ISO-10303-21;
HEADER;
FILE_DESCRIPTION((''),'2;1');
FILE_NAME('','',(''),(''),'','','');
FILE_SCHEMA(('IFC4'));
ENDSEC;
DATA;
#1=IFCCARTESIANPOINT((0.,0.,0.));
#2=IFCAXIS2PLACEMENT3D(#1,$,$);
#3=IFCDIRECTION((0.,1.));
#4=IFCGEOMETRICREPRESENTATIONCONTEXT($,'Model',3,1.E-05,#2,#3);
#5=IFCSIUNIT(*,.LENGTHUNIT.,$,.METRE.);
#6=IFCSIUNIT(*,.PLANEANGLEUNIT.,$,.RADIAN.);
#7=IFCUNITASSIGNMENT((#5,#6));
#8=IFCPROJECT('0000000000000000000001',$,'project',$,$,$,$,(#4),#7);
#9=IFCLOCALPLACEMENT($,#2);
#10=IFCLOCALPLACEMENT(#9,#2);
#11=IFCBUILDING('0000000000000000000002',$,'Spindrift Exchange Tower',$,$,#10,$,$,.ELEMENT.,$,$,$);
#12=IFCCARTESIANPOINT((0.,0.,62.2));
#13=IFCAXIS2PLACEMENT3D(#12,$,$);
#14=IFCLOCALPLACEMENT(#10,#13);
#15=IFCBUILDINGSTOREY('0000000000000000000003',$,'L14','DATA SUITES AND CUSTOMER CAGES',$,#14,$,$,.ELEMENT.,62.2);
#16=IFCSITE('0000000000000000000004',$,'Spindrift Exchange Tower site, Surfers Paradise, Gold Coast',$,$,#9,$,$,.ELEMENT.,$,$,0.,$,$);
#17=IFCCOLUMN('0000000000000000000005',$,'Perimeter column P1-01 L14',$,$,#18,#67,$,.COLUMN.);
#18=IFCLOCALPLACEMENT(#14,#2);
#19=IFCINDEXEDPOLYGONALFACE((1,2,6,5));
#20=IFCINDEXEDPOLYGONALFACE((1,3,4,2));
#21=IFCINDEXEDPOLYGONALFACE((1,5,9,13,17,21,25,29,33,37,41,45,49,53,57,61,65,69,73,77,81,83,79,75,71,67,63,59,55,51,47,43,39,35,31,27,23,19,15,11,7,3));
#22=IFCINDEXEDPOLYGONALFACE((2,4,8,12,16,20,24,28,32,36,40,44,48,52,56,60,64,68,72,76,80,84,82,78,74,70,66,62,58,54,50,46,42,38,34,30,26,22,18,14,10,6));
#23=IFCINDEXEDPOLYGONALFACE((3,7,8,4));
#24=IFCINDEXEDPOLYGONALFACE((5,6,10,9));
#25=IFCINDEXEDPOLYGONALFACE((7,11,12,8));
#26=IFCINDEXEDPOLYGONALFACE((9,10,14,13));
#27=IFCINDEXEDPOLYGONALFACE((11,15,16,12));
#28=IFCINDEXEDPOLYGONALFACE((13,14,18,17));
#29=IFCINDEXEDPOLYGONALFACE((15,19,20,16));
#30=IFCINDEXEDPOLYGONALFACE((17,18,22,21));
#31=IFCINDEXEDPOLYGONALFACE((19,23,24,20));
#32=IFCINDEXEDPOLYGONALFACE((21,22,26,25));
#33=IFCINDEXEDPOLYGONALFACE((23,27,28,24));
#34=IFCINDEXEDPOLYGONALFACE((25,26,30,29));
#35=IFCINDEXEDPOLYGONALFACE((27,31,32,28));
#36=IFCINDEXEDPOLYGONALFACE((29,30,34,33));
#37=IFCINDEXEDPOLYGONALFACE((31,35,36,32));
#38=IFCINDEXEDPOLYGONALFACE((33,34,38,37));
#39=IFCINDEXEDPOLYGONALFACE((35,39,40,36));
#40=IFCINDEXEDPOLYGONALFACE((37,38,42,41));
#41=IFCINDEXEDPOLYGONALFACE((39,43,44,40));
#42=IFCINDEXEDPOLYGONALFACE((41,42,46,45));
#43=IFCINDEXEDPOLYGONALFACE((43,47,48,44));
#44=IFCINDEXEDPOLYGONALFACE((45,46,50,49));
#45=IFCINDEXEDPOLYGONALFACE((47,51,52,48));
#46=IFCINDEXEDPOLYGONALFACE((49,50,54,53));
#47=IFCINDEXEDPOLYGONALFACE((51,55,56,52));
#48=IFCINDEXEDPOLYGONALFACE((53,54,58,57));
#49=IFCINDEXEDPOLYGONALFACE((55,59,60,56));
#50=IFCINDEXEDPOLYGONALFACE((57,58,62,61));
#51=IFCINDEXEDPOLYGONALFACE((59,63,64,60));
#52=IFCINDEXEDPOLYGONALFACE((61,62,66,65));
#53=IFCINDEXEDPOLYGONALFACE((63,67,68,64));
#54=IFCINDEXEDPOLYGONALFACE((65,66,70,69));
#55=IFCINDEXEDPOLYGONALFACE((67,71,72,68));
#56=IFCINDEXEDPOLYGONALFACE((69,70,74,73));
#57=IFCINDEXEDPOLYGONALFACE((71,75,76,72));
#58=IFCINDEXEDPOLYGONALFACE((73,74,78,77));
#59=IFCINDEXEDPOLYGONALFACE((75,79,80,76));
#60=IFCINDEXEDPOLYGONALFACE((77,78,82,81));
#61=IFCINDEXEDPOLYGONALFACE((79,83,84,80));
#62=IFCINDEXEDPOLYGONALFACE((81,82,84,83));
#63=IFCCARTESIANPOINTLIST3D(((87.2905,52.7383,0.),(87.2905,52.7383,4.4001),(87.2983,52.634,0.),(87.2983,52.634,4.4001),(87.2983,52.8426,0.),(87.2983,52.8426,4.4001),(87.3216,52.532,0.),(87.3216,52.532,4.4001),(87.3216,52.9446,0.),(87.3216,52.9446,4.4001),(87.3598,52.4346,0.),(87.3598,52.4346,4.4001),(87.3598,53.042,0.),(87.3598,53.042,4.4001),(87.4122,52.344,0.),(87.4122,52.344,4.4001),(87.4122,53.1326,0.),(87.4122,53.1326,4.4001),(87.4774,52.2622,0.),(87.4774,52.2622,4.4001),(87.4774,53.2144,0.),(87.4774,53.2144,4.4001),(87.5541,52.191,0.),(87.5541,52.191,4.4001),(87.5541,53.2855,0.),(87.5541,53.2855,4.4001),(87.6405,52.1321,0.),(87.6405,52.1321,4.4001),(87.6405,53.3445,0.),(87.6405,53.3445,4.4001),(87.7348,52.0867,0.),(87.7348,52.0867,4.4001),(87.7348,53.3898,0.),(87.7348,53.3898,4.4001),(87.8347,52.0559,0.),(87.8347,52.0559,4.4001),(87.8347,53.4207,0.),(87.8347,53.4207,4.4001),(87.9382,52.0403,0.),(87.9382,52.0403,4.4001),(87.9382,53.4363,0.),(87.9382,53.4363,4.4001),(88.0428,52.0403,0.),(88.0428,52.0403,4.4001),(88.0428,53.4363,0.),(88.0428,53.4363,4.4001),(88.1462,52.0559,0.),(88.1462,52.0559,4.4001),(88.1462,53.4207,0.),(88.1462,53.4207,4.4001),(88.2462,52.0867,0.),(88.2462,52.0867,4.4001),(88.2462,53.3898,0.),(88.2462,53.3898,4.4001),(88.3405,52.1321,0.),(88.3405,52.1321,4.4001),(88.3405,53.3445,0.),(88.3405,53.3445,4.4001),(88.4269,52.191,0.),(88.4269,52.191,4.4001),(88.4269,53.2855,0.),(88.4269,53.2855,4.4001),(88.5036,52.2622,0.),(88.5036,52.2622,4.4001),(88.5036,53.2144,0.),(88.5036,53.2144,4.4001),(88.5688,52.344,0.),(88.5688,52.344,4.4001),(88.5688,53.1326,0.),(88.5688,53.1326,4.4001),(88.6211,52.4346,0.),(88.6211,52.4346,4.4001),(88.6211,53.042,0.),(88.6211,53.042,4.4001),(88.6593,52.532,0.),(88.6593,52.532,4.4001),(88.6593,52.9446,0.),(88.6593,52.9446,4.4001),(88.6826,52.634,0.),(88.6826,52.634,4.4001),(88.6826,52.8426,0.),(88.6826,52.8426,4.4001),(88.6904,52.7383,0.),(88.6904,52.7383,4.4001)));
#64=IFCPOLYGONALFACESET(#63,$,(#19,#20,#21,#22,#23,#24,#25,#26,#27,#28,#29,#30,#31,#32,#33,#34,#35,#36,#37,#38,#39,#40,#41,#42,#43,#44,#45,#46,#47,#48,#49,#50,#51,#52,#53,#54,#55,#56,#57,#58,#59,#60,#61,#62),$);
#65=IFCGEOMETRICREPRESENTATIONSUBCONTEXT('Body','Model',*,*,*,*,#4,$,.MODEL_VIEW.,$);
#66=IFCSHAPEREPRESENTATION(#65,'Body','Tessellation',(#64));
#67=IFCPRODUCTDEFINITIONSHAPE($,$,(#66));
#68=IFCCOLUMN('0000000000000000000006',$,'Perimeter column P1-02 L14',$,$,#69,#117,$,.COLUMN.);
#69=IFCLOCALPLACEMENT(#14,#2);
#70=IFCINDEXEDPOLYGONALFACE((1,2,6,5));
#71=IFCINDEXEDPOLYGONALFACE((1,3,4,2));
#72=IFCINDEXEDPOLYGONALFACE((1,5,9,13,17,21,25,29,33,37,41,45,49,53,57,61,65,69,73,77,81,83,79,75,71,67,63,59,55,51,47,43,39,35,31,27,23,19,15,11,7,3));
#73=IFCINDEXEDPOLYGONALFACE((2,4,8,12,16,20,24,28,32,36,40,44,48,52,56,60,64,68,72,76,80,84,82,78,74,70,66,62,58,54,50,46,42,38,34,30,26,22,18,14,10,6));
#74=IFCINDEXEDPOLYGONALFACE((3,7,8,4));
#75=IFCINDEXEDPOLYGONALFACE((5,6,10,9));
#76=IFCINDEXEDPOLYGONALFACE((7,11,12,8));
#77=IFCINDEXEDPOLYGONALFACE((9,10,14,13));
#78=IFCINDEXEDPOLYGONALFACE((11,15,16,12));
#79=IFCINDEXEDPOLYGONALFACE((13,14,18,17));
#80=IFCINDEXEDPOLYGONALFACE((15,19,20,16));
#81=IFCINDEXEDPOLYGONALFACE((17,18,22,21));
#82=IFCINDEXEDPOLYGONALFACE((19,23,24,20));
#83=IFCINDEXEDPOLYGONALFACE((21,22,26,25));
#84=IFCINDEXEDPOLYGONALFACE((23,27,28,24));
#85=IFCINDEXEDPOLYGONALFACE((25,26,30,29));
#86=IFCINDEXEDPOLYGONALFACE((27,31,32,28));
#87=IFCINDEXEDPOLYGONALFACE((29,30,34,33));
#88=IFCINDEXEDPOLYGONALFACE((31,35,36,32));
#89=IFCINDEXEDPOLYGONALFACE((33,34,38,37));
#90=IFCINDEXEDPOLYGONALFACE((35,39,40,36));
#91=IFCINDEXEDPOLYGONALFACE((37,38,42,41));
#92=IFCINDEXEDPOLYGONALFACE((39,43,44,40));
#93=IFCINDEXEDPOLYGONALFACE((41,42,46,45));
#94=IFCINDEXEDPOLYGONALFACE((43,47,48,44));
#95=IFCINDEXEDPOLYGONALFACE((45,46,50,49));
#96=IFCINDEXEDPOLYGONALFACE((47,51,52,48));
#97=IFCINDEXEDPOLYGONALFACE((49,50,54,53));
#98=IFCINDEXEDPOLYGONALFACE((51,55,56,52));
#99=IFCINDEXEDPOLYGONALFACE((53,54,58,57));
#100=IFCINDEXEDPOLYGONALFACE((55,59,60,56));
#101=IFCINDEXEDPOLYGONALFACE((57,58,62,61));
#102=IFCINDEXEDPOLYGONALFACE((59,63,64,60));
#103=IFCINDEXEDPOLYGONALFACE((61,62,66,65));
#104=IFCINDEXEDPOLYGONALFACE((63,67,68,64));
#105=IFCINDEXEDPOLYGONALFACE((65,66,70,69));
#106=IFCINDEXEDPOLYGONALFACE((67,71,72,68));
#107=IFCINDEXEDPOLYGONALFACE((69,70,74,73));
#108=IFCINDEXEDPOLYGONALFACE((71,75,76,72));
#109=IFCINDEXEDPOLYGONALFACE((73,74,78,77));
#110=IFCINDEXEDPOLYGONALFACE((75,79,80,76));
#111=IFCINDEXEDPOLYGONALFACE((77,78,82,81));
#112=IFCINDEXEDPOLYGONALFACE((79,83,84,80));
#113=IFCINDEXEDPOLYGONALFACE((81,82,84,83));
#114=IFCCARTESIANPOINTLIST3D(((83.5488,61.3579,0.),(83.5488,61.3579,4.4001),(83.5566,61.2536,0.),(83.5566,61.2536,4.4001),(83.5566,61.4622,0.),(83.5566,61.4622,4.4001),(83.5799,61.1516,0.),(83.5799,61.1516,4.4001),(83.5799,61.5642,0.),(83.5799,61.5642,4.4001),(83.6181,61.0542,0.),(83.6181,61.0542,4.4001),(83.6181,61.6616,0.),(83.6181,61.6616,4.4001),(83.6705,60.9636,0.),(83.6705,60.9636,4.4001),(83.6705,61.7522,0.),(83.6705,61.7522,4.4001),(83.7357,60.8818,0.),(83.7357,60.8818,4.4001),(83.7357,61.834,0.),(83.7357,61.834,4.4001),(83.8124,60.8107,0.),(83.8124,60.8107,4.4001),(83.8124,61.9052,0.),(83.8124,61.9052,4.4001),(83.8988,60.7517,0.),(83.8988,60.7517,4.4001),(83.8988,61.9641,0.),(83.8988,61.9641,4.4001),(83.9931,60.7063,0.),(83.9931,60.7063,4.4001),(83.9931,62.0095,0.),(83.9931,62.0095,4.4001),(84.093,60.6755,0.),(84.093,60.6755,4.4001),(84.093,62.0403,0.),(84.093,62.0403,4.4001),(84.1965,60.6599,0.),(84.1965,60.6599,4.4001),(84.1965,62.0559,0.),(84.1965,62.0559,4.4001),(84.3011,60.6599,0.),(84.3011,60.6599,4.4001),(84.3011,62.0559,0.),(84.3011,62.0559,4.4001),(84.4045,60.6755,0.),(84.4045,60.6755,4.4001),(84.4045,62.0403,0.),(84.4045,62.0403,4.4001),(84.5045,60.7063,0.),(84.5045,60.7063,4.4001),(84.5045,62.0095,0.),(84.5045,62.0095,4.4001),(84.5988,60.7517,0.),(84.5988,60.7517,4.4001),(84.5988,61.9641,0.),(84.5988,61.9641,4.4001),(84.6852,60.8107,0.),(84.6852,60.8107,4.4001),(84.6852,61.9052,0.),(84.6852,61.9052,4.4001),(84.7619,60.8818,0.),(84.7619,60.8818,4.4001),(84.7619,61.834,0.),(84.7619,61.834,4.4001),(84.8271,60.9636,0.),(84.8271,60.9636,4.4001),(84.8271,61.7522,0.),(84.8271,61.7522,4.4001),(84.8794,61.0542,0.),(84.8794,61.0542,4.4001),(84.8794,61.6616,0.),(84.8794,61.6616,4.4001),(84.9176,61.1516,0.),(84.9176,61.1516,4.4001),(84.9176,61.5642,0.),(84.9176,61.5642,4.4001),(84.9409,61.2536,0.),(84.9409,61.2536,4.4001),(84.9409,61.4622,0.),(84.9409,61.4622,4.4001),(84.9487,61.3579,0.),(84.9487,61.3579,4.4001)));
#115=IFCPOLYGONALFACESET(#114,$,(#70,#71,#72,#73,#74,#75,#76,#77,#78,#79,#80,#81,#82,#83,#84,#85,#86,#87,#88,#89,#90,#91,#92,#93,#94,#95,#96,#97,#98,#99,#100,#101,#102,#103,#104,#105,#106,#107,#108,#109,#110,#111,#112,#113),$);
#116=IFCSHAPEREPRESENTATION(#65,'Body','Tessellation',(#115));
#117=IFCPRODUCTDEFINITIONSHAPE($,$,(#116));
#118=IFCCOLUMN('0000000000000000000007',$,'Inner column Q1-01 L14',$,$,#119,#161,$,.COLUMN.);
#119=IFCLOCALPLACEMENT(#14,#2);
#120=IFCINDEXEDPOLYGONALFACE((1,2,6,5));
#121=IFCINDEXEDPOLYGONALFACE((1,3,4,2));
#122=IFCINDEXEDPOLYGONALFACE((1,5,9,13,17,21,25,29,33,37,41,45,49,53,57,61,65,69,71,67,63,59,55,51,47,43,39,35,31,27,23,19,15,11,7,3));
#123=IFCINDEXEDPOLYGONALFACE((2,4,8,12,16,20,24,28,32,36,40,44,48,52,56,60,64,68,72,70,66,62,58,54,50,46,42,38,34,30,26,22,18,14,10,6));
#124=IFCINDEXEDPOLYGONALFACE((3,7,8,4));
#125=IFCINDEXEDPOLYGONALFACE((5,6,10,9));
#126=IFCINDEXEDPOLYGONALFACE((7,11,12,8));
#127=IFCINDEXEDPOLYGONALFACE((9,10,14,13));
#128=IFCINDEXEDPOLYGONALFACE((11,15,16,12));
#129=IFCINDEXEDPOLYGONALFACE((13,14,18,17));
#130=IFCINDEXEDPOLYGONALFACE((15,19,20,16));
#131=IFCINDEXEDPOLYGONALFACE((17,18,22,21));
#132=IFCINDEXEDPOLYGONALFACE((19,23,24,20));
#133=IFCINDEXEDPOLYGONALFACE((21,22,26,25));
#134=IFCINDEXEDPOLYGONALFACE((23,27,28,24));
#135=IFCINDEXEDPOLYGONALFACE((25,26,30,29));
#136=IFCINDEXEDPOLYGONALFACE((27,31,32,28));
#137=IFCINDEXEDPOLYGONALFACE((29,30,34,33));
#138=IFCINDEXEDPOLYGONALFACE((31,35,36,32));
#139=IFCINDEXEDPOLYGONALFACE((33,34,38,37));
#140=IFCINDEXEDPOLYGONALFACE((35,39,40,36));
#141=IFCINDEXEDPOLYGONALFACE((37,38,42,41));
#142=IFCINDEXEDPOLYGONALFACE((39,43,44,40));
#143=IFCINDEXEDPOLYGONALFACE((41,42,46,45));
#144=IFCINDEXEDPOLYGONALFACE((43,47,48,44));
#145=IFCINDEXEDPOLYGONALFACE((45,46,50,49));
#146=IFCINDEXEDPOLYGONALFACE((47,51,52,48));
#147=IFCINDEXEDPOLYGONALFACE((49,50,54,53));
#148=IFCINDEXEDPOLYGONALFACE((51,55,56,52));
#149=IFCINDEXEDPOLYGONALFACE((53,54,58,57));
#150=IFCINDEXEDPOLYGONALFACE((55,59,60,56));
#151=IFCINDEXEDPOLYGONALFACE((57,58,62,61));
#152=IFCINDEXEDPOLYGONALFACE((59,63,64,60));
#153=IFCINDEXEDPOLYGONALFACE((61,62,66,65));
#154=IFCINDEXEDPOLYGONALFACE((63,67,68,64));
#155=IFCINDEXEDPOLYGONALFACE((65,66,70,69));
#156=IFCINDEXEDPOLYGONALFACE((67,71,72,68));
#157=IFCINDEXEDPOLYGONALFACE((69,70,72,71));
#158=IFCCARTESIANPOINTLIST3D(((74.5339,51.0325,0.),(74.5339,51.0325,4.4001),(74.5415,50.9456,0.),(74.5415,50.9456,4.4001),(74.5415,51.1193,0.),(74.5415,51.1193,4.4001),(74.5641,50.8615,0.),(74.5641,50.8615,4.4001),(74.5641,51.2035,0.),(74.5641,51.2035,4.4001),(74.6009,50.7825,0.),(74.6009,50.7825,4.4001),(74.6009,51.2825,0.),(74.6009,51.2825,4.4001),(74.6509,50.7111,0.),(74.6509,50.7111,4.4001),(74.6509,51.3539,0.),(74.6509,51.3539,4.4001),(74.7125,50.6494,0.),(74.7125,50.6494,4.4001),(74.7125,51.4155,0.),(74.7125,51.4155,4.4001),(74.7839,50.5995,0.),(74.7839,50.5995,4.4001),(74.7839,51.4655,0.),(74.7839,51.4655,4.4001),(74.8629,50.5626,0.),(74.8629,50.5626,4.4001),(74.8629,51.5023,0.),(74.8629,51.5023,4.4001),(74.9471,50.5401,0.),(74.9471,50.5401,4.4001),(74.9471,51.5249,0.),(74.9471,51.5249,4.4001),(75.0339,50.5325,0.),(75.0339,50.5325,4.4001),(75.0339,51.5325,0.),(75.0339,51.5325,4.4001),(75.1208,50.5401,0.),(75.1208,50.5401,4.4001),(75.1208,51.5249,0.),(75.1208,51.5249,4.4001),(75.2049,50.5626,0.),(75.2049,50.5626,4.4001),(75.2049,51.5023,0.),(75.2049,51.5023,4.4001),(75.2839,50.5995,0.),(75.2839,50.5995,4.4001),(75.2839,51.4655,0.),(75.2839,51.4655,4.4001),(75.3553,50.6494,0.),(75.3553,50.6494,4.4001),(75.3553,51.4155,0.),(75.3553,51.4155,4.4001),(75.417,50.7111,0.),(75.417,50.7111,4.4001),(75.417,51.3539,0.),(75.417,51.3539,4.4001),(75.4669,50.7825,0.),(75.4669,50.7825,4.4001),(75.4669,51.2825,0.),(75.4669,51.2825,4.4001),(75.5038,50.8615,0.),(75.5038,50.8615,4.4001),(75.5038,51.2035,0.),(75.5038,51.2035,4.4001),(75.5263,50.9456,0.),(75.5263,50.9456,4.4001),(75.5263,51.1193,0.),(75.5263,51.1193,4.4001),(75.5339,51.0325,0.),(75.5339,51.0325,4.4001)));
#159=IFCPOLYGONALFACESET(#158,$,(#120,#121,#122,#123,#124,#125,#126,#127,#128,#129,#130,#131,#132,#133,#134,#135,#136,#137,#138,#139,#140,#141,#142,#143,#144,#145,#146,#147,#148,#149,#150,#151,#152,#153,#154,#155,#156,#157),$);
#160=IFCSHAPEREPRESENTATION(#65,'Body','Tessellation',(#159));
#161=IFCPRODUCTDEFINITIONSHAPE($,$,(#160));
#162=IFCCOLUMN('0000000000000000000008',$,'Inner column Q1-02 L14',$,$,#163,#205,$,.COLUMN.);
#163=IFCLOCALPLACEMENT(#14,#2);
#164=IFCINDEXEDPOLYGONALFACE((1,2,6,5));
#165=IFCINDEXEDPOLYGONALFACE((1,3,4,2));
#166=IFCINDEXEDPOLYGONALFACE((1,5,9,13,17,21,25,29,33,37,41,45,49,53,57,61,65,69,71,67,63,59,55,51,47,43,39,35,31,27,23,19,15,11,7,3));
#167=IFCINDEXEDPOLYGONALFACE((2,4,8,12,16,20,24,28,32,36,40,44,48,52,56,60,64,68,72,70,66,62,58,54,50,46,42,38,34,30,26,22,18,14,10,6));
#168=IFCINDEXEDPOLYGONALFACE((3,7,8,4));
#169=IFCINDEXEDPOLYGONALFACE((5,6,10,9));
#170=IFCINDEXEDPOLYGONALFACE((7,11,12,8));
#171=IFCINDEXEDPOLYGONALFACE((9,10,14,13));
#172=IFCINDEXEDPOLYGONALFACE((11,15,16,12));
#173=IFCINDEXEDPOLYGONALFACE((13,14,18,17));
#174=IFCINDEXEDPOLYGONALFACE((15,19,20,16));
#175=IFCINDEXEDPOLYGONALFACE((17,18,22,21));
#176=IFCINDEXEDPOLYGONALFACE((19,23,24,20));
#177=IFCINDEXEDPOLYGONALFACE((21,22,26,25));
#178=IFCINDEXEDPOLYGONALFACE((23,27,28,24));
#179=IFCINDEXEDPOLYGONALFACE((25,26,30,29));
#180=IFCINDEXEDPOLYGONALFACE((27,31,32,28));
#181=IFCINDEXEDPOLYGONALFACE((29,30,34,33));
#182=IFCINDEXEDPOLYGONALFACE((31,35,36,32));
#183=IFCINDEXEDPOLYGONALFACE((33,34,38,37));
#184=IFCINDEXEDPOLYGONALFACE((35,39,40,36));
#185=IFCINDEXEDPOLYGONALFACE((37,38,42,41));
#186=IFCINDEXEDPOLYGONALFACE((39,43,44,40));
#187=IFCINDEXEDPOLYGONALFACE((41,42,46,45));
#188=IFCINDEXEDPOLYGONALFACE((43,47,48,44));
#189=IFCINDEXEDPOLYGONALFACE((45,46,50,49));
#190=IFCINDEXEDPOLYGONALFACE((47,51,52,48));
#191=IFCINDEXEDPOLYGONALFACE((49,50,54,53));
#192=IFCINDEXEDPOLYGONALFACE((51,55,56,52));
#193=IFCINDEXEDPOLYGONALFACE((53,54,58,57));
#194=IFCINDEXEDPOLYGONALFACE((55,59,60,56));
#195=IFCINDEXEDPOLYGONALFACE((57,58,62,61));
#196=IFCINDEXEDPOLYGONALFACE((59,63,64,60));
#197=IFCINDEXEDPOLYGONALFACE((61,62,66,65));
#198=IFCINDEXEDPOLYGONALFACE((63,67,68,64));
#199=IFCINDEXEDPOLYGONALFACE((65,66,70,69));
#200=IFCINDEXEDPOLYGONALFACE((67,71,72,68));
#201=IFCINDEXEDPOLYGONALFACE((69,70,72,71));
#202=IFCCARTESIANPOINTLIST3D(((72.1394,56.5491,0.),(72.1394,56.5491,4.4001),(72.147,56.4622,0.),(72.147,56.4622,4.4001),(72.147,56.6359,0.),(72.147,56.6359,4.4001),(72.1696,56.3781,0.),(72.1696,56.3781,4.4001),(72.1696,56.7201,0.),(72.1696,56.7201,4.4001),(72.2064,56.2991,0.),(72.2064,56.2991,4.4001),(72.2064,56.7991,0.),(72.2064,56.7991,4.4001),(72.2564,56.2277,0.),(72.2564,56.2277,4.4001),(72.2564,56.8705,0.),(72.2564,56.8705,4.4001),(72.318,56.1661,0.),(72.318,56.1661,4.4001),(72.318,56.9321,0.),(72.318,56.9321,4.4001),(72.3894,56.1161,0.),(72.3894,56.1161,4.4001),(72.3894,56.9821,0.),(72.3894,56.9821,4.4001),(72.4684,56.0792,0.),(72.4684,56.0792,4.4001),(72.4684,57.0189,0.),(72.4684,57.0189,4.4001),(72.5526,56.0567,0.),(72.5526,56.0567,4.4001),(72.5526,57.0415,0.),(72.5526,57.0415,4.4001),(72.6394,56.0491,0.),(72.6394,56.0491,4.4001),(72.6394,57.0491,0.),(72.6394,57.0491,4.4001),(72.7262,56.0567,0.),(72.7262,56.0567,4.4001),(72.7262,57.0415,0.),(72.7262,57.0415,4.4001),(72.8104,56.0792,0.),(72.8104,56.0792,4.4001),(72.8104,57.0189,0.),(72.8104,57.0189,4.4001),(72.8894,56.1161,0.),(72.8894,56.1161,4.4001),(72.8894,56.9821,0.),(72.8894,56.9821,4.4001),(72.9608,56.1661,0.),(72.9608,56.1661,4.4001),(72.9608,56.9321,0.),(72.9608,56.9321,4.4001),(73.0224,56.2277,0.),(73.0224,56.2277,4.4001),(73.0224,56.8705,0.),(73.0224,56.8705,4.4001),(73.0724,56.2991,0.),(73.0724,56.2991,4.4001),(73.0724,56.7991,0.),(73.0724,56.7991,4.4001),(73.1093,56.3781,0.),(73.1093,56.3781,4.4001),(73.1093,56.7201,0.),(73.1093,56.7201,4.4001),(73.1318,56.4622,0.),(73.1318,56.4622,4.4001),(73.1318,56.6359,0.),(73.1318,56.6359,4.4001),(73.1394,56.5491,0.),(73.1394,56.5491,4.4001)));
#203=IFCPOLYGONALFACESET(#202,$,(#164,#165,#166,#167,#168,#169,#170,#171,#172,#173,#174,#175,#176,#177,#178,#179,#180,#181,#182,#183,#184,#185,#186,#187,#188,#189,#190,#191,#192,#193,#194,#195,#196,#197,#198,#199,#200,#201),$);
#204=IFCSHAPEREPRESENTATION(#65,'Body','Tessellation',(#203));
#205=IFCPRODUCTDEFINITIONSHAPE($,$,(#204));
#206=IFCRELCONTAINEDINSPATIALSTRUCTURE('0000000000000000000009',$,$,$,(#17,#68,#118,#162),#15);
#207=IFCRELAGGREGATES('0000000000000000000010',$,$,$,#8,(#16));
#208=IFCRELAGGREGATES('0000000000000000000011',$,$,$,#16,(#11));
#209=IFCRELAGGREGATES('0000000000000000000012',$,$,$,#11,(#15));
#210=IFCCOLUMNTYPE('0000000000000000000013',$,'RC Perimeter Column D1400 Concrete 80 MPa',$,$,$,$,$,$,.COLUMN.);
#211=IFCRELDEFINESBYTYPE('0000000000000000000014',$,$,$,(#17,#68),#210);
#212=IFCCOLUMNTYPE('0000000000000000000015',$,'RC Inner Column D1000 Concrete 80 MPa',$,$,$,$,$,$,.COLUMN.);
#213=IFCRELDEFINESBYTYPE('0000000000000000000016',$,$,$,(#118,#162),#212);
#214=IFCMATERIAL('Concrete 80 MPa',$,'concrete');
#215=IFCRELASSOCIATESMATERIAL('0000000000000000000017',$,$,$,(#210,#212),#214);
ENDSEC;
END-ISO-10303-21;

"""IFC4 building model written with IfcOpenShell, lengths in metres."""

from ifc_helpers import new_model, si_unit, direction, frame, origin, origin_2d, place, context, subcontext, project, spatial, circle, extrude, source, transform, mapped, material, material_profile, profile_set, type_object, element, save


model = new_model("IFC4")

# Units and contexts
model_context = context("Model", 3, precision=1e-05, world=origin(), true_north=direction((0.0, 1.0)))
body_context = subcontext(model_context, "Body", "Model", "MODEL_VIEW")
ifc_project = project(units=[si_unit("LENGTHUNIT", "METRE"), si_unit("PLANEANGLEUNIT", "RADIAN")], contexts=[model_context])

# Site, building, storey
site_placement = place(None, origin())
site = spatial("IfcSite", under=ifc_project, at=site_placement, Name="Spindrift Exchange Tower site, Surfers Paradise, Gold Coast", CompositionType="ELEMENT", RefElevation=0.0)
building_placement = place(site_placement, origin())
building = spatial("IfcBuilding", under=site, at=building_placement, Name="Spindrift Exchange Tower", CompositionType="ELEMENT")
storey_placement = place(building_placement, frame((0.0, 0.0, 62.2)))
storey = spatial("IfcBuildingStorey", under=building, at=storey_placement, Name="L14", Description="DATA SUITES AND CUSTOMER CAGES", CompositionType="ELEMENT", Elevation=62.2)

# Columns
ifc_material_1 = material(Name="Concrete 80 MPa", Category="concrete")
ifc_material_profile_1 = material_profile(ifc_material_1, circle(Radius=0.7, at=origin_2d()), Name="RC D1400")
ifc_profile_set_1 = profile_set([ifc_material_profile_1], Name="Concrete 80 MPa")
column_type_1 = type_object("IfcColumnType", Name="RC Perimeter Column D1400 Concrete 80 MPa", PredefinedType="COLUMN", material=ifc_profile_set_1)
shared_shape_1 = source(origin(), body_context, "Body", "SweptSolid", [
    extrude(circle(Radius=0.7, at=origin_2d()), origin(), (0.0, 0.0, 1.0), 4.4001),
])
for number, where, z_axis, x_axis, name in (
    (1, (87.9905, 52.7383, 0.0), (0.0, 0.0, 1.0), (1.0, 0.0, 0.0), "Perimeter column P1-01 L14"),
    (2, (84.2488, 61.3579, 0.0), (0.0, 0.0, 1.0), (1.0, 0.0, 0.0), "Perimeter column P1-02 L14"),
):
    element("IfcColumn", number, at=place(storey_placement, frame(where, z_axis=z_axis, x_axis=x_axis)), inside=storey, type_object=column_type_1, Name=name, PredefinedType="COLUMN", context=body_context, shape_type="MappedRepresentation", body=[
        mapped(shared_shape_1, transform((0.0, 0.0, 0.0), scale=1.0)),
    ])
ifc_material_profile_2 = material_profile(ifc_material_1, circle(Radius=0.5, at=origin_2d()), Name="RC D1000")
ifc_profile_set_2 = profile_set([ifc_material_profile_2], Name="Concrete 80 MPa")
column_type_2 = type_object("IfcColumnType", Name="RC Inner Column D1000 Concrete 80 MPa", PredefinedType="COLUMN", material=ifc_profile_set_2)
shared_shape_2 = source(origin(), body_context, "Body", "SweptSolid", [
    extrude(circle(Radius=0.5, at=origin_2d()), origin(), (0.0, 0.0, 1.0), 4.4001),
])
for number, where, z_axis, x_axis, name in (
    (3, (75.0339, 51.0325, 0.0), (0.0, 0.0, 1.0), (1.0, 0.0, 0.0), "Inner column Q1-01 L14"),
    (4, (72.6394, 56.5491, 0.0), (0.0, 0.0, 1.0), (1.0, 0.0, 0.0), "Inner column Q1-02 L14"),
):
    element("IfcColumn", number, at=place(storey_placement, frame(where, z_axis=z_axis, x_axis=x_axis)), inside=storey, type_object=column_type_2, Name=name, PredefinedType="COLUMN", context=body_context, shape_type="MappedRepresentation", body=[
        mapped(shared_shape_2, transform((0.0, 0.0, 0.0), scale=1.0)),
    ])

save(model, "model.ifc")
